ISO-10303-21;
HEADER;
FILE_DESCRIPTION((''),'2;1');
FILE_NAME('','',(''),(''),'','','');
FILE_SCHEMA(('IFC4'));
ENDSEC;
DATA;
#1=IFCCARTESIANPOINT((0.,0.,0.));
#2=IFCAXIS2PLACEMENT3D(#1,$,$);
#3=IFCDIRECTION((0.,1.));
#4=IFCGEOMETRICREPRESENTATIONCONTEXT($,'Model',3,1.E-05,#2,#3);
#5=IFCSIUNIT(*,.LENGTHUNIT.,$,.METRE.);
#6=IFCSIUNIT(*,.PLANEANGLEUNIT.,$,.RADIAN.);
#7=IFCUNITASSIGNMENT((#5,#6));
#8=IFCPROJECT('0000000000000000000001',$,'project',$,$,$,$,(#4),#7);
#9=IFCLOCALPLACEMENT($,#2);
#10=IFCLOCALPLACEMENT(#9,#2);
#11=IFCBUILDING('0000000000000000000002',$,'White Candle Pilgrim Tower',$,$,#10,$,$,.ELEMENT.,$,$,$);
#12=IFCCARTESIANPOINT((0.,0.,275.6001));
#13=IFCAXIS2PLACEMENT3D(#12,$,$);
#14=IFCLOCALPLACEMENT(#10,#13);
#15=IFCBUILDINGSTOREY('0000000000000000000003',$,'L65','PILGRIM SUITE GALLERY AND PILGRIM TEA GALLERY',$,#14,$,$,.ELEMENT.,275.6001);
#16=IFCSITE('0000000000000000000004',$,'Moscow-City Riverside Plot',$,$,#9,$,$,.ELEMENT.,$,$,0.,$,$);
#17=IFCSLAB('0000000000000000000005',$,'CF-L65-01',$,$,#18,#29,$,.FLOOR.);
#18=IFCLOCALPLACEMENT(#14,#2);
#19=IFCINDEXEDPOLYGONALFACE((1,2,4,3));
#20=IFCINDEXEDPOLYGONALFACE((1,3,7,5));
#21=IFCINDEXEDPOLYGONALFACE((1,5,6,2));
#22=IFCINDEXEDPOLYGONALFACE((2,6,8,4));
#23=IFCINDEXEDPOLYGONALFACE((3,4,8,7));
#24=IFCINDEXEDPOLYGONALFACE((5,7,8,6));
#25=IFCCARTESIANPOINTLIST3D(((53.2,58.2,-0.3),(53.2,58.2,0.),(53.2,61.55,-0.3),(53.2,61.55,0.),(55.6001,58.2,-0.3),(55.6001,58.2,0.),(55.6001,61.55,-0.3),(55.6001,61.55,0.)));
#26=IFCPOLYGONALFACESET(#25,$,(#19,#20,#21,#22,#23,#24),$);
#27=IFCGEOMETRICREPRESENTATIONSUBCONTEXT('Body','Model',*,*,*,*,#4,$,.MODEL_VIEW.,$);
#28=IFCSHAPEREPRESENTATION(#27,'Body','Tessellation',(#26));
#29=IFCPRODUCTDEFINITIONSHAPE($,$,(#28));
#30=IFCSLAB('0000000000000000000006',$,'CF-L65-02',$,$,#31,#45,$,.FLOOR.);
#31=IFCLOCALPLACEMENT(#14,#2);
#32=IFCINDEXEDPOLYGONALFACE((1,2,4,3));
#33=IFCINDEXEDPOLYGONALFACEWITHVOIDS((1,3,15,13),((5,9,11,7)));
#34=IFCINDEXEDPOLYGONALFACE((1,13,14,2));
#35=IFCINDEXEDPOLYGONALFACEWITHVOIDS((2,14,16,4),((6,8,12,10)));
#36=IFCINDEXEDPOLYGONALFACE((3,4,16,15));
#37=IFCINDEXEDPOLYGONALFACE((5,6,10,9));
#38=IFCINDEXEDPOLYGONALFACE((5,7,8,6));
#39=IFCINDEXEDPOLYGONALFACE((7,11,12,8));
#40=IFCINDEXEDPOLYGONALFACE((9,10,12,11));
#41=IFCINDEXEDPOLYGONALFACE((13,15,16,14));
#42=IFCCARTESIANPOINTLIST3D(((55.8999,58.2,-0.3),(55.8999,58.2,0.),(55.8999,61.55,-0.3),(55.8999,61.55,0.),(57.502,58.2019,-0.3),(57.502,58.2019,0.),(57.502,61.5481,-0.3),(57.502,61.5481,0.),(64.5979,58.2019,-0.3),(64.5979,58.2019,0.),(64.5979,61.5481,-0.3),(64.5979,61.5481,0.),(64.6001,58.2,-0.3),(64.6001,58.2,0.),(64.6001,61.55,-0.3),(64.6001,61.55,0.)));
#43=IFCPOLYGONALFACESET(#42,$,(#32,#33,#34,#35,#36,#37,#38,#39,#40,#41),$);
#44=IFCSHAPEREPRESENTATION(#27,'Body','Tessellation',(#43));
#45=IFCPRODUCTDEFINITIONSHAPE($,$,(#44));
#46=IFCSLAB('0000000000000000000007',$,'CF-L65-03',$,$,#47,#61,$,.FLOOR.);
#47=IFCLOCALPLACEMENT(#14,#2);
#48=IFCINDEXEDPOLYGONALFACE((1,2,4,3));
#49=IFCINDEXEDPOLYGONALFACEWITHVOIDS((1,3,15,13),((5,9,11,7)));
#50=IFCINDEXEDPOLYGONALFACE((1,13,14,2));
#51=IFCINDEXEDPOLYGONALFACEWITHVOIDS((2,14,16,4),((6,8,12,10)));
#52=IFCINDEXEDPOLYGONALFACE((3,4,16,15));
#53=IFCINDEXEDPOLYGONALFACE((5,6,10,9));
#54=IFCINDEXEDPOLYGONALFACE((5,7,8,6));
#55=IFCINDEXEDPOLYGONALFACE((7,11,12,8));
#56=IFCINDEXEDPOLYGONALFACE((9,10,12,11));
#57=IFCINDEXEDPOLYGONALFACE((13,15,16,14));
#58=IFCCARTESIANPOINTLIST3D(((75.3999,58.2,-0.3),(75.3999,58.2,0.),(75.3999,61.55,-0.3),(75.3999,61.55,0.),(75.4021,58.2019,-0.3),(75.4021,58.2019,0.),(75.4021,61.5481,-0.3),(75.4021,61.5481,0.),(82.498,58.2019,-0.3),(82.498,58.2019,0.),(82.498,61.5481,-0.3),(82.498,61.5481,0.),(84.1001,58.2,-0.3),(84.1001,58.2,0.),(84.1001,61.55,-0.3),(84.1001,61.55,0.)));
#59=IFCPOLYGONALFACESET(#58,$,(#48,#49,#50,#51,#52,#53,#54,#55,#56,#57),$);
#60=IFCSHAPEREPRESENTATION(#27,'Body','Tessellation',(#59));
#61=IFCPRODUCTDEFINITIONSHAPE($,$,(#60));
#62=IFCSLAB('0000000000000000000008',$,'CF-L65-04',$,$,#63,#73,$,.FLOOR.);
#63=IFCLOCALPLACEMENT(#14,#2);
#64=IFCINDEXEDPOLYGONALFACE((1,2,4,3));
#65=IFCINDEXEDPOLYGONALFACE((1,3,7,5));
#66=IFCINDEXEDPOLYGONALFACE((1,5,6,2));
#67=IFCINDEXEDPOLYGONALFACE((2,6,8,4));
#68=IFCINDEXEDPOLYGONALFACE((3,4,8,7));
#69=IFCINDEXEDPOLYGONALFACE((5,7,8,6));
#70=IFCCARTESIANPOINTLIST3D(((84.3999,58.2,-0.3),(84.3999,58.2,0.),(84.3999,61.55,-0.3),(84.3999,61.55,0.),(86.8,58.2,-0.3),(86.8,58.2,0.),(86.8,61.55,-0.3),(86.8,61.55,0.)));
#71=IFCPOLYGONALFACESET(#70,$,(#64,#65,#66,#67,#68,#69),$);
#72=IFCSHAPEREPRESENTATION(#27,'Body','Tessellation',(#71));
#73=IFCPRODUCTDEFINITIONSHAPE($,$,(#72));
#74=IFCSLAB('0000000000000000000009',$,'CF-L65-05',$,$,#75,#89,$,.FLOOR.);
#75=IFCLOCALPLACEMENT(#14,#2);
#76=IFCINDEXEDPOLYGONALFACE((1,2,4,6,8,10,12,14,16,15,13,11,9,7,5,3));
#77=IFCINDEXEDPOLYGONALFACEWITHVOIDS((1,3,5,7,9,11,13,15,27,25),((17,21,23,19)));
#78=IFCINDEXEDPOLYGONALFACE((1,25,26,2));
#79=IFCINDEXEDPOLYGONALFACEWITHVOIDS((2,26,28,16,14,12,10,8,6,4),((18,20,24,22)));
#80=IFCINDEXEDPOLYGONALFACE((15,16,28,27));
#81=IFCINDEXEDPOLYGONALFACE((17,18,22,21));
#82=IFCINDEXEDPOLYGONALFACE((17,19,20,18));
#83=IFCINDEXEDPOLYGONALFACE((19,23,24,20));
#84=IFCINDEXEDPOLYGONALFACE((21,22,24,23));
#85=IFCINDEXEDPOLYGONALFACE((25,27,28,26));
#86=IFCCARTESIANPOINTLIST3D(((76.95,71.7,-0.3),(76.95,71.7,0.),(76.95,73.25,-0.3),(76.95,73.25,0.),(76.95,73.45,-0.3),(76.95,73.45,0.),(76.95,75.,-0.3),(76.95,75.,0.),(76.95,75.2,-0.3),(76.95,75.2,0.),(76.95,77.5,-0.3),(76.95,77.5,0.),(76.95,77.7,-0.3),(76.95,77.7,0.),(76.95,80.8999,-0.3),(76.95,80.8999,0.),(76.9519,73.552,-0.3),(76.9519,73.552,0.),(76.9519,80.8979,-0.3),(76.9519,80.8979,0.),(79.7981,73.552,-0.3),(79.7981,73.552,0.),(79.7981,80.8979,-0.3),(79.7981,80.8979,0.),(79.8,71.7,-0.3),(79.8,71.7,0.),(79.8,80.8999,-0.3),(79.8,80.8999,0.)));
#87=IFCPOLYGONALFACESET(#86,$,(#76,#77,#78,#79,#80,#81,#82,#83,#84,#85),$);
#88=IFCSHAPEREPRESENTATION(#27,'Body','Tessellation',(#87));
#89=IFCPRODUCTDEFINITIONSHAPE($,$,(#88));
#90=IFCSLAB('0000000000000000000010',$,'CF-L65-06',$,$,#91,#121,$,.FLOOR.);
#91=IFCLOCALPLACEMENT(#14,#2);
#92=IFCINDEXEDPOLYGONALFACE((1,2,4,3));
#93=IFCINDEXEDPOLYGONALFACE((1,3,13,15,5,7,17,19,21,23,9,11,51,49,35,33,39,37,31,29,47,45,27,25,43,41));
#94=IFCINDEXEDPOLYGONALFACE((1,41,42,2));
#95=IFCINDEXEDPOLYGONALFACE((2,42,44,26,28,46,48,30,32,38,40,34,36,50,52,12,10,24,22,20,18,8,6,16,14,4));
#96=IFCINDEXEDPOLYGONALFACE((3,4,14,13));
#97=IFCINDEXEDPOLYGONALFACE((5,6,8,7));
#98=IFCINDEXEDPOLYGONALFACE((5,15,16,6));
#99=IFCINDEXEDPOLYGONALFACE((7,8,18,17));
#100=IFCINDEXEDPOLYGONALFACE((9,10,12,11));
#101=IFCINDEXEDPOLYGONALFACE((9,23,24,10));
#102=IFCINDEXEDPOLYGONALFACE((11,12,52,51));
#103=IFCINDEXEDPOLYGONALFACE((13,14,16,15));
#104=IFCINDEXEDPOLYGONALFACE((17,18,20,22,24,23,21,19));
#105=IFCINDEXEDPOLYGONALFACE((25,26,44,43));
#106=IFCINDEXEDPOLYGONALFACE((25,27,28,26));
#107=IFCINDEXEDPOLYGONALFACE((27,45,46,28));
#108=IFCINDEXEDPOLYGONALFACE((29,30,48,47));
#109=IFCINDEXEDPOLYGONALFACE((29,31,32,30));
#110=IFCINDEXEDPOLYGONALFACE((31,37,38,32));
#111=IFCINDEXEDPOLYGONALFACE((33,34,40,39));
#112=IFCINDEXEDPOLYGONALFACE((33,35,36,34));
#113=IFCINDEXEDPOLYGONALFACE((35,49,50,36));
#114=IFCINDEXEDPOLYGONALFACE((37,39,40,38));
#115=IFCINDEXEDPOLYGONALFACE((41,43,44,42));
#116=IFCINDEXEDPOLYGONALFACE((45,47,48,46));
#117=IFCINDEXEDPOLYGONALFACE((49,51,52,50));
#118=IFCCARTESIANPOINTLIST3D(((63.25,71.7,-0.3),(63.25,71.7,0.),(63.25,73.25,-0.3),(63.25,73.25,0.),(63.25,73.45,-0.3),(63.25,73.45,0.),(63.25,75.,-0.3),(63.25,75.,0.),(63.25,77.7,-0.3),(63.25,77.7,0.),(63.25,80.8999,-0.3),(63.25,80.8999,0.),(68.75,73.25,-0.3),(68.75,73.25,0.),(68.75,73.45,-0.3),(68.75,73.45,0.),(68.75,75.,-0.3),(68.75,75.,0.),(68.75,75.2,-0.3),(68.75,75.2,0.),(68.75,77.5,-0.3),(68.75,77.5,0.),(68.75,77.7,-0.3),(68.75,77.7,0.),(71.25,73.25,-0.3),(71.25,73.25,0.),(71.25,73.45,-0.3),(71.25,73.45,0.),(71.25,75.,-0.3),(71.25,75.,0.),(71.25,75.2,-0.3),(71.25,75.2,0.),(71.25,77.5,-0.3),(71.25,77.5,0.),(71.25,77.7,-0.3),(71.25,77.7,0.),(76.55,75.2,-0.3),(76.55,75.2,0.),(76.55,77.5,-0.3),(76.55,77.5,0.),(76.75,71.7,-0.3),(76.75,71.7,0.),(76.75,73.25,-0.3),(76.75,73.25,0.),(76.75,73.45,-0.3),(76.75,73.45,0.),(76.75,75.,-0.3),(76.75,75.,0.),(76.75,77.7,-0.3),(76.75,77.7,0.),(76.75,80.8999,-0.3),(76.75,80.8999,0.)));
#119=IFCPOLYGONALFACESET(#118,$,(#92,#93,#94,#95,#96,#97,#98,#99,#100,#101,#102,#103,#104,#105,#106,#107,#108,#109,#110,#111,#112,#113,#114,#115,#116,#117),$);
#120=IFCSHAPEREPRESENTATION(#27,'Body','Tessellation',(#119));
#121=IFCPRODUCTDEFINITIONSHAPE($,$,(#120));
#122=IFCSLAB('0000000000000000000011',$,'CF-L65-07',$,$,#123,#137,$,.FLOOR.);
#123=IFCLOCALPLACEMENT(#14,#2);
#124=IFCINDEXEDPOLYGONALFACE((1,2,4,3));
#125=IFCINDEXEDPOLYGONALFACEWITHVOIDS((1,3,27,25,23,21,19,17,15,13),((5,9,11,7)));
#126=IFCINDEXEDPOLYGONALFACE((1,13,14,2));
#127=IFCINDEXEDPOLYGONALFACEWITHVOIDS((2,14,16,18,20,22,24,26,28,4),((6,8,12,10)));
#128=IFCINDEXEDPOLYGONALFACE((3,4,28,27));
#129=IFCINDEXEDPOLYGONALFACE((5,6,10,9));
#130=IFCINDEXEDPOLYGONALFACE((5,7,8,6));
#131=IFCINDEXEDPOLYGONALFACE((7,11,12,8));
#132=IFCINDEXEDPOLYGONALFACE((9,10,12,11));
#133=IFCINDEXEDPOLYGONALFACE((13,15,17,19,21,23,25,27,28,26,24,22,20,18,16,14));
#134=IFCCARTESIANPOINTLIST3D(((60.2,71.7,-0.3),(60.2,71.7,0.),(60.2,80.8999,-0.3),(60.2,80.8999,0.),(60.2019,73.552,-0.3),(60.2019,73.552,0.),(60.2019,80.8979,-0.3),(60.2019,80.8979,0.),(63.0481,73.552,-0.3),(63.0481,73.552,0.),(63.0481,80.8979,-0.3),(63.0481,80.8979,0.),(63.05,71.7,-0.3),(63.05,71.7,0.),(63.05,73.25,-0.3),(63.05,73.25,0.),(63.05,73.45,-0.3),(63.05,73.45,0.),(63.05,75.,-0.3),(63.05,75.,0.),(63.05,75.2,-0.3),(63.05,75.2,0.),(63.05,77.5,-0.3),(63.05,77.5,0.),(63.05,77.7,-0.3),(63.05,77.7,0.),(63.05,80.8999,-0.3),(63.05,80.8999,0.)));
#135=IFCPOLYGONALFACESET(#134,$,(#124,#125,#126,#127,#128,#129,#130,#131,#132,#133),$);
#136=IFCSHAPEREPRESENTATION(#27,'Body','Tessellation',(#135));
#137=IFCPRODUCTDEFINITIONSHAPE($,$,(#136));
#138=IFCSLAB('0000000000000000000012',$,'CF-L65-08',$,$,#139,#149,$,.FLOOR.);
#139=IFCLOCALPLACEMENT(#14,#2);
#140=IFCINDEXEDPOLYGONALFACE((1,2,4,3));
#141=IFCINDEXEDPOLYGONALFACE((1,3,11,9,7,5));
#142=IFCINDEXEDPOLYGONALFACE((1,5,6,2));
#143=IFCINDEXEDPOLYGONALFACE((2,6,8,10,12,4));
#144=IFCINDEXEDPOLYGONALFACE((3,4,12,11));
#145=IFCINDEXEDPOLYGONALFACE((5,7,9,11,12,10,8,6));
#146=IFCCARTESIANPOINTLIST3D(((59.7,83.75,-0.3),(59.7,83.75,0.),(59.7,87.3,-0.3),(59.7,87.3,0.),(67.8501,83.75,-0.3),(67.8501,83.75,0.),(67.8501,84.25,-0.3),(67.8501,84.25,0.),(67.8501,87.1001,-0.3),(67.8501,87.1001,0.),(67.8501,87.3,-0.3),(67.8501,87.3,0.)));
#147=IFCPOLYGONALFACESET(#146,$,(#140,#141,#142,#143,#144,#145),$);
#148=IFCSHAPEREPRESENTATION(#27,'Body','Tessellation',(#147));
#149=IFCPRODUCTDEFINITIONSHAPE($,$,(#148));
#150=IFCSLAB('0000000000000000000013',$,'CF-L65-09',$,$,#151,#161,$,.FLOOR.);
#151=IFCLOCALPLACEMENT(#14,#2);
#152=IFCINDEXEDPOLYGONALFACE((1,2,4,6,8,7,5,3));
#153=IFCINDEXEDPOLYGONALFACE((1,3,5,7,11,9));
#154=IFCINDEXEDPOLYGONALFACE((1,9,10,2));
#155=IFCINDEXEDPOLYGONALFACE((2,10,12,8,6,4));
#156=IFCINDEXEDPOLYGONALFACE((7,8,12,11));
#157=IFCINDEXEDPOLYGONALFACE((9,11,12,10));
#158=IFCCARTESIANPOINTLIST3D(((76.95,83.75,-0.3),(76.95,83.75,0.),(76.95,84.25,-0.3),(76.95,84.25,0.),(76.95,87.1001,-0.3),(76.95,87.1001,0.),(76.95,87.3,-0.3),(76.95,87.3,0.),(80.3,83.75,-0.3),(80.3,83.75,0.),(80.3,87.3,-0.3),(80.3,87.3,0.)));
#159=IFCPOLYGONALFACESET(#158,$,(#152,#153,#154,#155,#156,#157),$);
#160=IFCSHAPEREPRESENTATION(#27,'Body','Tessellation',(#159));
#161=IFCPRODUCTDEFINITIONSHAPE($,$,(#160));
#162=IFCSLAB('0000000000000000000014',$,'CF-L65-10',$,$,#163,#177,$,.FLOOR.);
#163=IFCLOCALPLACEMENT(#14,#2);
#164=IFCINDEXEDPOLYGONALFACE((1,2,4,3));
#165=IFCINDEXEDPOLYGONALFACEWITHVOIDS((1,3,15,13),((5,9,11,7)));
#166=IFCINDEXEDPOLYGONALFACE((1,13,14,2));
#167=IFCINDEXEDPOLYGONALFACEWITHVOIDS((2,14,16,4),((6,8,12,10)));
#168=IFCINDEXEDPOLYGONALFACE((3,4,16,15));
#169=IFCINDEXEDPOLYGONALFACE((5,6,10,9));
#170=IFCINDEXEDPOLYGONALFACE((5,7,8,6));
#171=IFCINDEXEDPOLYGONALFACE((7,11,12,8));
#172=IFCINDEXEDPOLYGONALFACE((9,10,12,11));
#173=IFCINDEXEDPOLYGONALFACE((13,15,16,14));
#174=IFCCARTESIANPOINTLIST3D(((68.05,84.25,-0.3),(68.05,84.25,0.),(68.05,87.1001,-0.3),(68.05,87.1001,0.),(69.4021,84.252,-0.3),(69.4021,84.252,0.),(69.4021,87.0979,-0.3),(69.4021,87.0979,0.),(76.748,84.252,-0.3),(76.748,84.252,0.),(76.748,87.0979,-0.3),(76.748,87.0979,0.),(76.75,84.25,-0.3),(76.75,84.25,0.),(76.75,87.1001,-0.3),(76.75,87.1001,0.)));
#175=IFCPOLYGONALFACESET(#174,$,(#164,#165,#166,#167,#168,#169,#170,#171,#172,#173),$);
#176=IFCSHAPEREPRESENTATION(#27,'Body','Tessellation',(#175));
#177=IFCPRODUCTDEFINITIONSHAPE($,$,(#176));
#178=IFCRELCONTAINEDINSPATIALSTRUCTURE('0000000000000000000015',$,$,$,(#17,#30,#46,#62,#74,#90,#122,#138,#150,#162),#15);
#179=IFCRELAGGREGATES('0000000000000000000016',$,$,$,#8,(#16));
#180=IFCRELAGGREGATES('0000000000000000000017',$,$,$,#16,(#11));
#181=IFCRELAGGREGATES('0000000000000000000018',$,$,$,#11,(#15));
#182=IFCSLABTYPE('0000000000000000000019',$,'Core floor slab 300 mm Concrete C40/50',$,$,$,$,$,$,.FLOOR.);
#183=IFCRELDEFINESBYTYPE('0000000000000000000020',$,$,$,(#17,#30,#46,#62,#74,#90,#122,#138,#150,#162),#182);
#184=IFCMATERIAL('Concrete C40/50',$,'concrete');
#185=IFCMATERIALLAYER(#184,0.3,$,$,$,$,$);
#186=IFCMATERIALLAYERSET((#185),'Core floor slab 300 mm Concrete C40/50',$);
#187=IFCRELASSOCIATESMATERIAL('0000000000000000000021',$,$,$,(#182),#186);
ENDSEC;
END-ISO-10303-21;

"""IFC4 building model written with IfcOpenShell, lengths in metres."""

from ifc_helpers import new_model, si_unit, direction, frame, origin, place, context, subcontext, project, spatial, polyline, outline, extrude, material, layer, layer_set, type_object, element, save


model = new_model("IFC4")

# Units and contexts
model_context = context("Model", 3, precision=1e-05, world=origin(), true_north=direction((0.0, 1.0)))
body_context = subcontext(model_context, "Body", "Model", "MODEL_VIEW")
ifc_project = project(units=[si_unit("LENGTHUNIT", "METRE"), si_unit("PLANEANGLEUNIT", "RADIAN")], contexts=[model_context])

# Site, building, storey
site_placement = place(None, origin())
site = spatial("IfcSite", under=ifc_project, at=site_placement, Name="Moscow-City Riverside Plot", CompositionType="ELEMENT", RefElevation=0.0)
building_placement = place(site_placement, origin())
building = spatial("IfcBuilding", under=site, at=building_placement, Name="White Candle Pilgrim Tower", CompositionType="ELEMENT")
storey_placement = place(building_placement, frame((0.0, 0.0, 275.6001)))
storey = spatial("IfcBuildingStorey", under=building, at=storey_placement, Name="L65", Description="PILGRIM SUITE GALLERY AND PILGRIM TEA GALLERY", CompositionType="ELEMENT", Elevation=275.6001)

# Slabs
ifc_material_1 = material(Name="Concrete C40/50", Category="concrete")
ifc_layer_1 = layer(ifc_material_1, 0.3)
ifc_layer_set_1 = layer_set([ifc_layer_1], Name="Core floor slab 300 mm Concrete C40/50")
slab_type_1 = type_object("IfcSlabType", Name="Core floor slab 300 mm Concrete C40/50", PredefinedType="FLOOR", material=ifc_layer_set_1)
slab_1_placement = place(storey_placement, frame((0.0, 0.0, -0.3)))
element("IfcSlab", 1, at=slab_1_placement, inside=storey, type_object=slab_type_1, Name="CF-L65-01", PredefinedType="FLOOR", context=body_context, shape_type="SweptSolid", body=[
    extrude(outline(polyline([(55.6001, 58.2), (53.2, 58.2), (53.2, 61.55), (55.6001, 61.55), (55.6001, 58.2)])), origin(), (0.0, 0.0, 1.0), 0.3),
])
slab_2_placement = place(storey_placement, frame((0.0, 0.0, -0.3)))
element("IfcSlab", 2, at=slab_2_placement, inside=storey, type_object=slab_type_1, Name="CF-L65-02", PredefinedType="FLOOR", context=body_context, shape_type="SweptSolid", body=[
    extrude(outline(polyline([(55.8999, 58.2), (55.8999, 61.55), (64.6001, 61.55), (64.6001, 58.2), (55.8999, 58.2)]), holes=[polyline([(57.502, 61.5481), (57.502, 58.2019), (64.5979, 58.2019), (64.5979, 61.5481), (57.502, 61.5481)])]), origin(), (0.0, 0.0, 1.0), 0.3),
])
slab_3_placement = place(storey_placement, frame((0.0, 0.0, -0.3)))
element("IfcSlab", 3, at=slab_3_placement, inside=storey, type_object=slab_type_1, Name="CF-L65-03", PredefinedType="FLOOR", context=body_context, shape_type="SweptSolid", body=[
    extrude(outline(polyline([(75.3999, 58.2), (75.3999, 61.55), (84.1001, 61.55), (84.1001, 58.2), (75.3999, 58.2)]), holes=[polyline([(82.498, 61.5481), (75.4021, 61.5481), (75.4021, 58.2019), (82.498, 58.2019), (82.498, 61.5481)])]), origin(), (0.0, 0.0, 1.0), 0.3),
])
slab_4_placement = place(storey_placement, frame((0.0, 0.0, -0.3)))
element("IfcSlab", 4, at=slab_4_placement, inside=storey, type_object=slab_type_1, Name="CF-L65-04", PredefinedType="FLOOR", context=body_context, shape_type="SweptSolid", body=[
    extrude(outline(polyline([(86.8, 58.2), (84.3999, 58.2), (84.3999, 61.55), (86.8, 61.55), (86.8, 58.2)])), origin(), (0.0, 0.0, 1.0), 0.3),
])
slab_5_placement = place(storey_placement, frame((0.0, 0.0, -0.3)))
element("IfcSlab", 5, at=slab_5_placement, inside=storey, type_object=slab_type_1, Name="CF-L65-05", PredefinedType="FLOOR", context=body_context, shape_type="SweptSolid", body=[
    extrude(outline(polyline([(76.95, 71.7), (76.95, 73.25), (76.95, 73.45), (76.95, 75.0), (76.95, 75.2), (76.95, 77.5), (76.95, 77.7), (76.95, 80.8999), (79.8, 80.8999), (79.8, 71.7), (76.95, 71.7)]), holes=[polyline([(76.9519, 73.552), (79.7981, 73.552), (79.7981, 80.8979), (76.9519, 80.8979), (76.9519, 73.552)])]), origin(), (0.0, 0.0, 1.0), 0.3),
])
slab_6_placement = place(storey_placement, frame((0.0, 0.0, -0.3)))
element("IfcSlab", 6, at=slab_6_placement, inside=storey, type_object=slab_type_1, Name="CF-L65-06", PredefinedType="FLOOR", context=body_context, shape_type="SweptSolid", body=[
    extrude(outline(polyline([(63.25, 71.7), (63.25, 73.25), (68.75, 73.25), (68.75, 73.45), (63.25, 73.45), (63.25, 75.0), (68.75, 75.0), (68.75, 75.2), (68.75, 77.5), (68.75, 77.7), (63.25, 77.7), (63.25, 80.8999), (76.75, 80.8999), (76.75, 77.7), (71.25, 77.7), (71.25, 77.5), (76.55, 77.5), (76.55, 75.2), (71.25, 75.2), (71.25, 75.0), (76.75, 75.0), (76.75, 73.45), (71.25, 73.45), (71.25, 73.25), (76.75, 73.25), (76.75, 71.7), (63.25, 71.7)])), origin(), (0.0, 0.0, 1.0), 0.3),
])
slab_7_placement = place(storey_placement, frame((0.0, 0.0, -0.3)))
element("IfcSlab", 7, at=slab_7_placement, inside=storey, type_object=slab_type_1, Name="CF-L65-07", PredefinedType="FLOOR", context=body_context, shape_type="SweptSolid", body=[
    extrude(outline(polyline([(60.2, 71.7), (60.2, 80.8999), (63.05, 80.8999), (63.05, 77.7), (63.05, 77.5), (63.05, 75.2), (63.05, 75.0), (63.05, 73.45), (63.05, 73.25), (63.05, 71.7), (60.2, 71.7)]), holes=[polyline([(60.2019, 73.552), (63.0481, 73.552), (63.0481, 80.8979), (60.2019, 80.8979), (60.2019, 73.552)])]), origin(), (0.0, 0.0, 1.0), 0.3),
])
slab_8_placement = place(storey_placement, frame((0.0, 0.0, -0.3)))
element("IfcSlab", 8, at=slab_8_placement, inside=storey, type_object=slab_type_1, Name="CF-L65-08", PredefinedType="FLOOR", context=body_context, shape_type="SweptSolid", body=[
    extrude(outline(polyline([(59.7, 87.3), (67.8501, 87.3), (67.8501, 87.1001), (67.8501, 84.25), (67.8501, 83.75), (59.7, 83.75), (59.7, 87.3)])), origin(), (0.0, 0.0, 1.0), 0.3),
])
slab_9_placement = place(storey_placement, frame((0.0, 0.0, -0.3)))
element("IfcSlab", 9, at=slab_9_placement, inside=storey, type_object=slab_type_1, Name="CF-L65-09", PredefinedType="FLOOR", context=body_context, shape_type="SweptSolid", body=[
    extrude(outline(polyline([(80.3, 87.3), (80.3, 83.75), (76.95, 83.75), (76.95, 84.25), (76.95, 87.1001), (76.95, 87.3), (80.3, 87.3)])), origin(), (0.0, 0.0, 1.0), 0.3),
])
slab_10_placement = place(storey_placement, frame((0.0, 0.0, -0.3)))
element("IfcSlab", 10, at=slab_10_placement, inside=storey, type_object=slab_type_1, Name="CF-L65-10", PredefinedType="FLOOR", context=body_context, shape_type="SweptSolid", body=[
    extrude(outline(polyline([(68.05, 87.1001), (76.75, 87.1001), (76.75, 84.25), (68.05, 84.25), (68.05, 87.1001)]), holes=[polyline([(69.4021, 87.0979), (69.4021, 84.252), (76.748, 84.252), (76.748, 87.0979), (69.4021, 87.0979)])]), origin(), (0.0, 0.0, 1.0), 0.3),
])

save(model, "model.ifc")
